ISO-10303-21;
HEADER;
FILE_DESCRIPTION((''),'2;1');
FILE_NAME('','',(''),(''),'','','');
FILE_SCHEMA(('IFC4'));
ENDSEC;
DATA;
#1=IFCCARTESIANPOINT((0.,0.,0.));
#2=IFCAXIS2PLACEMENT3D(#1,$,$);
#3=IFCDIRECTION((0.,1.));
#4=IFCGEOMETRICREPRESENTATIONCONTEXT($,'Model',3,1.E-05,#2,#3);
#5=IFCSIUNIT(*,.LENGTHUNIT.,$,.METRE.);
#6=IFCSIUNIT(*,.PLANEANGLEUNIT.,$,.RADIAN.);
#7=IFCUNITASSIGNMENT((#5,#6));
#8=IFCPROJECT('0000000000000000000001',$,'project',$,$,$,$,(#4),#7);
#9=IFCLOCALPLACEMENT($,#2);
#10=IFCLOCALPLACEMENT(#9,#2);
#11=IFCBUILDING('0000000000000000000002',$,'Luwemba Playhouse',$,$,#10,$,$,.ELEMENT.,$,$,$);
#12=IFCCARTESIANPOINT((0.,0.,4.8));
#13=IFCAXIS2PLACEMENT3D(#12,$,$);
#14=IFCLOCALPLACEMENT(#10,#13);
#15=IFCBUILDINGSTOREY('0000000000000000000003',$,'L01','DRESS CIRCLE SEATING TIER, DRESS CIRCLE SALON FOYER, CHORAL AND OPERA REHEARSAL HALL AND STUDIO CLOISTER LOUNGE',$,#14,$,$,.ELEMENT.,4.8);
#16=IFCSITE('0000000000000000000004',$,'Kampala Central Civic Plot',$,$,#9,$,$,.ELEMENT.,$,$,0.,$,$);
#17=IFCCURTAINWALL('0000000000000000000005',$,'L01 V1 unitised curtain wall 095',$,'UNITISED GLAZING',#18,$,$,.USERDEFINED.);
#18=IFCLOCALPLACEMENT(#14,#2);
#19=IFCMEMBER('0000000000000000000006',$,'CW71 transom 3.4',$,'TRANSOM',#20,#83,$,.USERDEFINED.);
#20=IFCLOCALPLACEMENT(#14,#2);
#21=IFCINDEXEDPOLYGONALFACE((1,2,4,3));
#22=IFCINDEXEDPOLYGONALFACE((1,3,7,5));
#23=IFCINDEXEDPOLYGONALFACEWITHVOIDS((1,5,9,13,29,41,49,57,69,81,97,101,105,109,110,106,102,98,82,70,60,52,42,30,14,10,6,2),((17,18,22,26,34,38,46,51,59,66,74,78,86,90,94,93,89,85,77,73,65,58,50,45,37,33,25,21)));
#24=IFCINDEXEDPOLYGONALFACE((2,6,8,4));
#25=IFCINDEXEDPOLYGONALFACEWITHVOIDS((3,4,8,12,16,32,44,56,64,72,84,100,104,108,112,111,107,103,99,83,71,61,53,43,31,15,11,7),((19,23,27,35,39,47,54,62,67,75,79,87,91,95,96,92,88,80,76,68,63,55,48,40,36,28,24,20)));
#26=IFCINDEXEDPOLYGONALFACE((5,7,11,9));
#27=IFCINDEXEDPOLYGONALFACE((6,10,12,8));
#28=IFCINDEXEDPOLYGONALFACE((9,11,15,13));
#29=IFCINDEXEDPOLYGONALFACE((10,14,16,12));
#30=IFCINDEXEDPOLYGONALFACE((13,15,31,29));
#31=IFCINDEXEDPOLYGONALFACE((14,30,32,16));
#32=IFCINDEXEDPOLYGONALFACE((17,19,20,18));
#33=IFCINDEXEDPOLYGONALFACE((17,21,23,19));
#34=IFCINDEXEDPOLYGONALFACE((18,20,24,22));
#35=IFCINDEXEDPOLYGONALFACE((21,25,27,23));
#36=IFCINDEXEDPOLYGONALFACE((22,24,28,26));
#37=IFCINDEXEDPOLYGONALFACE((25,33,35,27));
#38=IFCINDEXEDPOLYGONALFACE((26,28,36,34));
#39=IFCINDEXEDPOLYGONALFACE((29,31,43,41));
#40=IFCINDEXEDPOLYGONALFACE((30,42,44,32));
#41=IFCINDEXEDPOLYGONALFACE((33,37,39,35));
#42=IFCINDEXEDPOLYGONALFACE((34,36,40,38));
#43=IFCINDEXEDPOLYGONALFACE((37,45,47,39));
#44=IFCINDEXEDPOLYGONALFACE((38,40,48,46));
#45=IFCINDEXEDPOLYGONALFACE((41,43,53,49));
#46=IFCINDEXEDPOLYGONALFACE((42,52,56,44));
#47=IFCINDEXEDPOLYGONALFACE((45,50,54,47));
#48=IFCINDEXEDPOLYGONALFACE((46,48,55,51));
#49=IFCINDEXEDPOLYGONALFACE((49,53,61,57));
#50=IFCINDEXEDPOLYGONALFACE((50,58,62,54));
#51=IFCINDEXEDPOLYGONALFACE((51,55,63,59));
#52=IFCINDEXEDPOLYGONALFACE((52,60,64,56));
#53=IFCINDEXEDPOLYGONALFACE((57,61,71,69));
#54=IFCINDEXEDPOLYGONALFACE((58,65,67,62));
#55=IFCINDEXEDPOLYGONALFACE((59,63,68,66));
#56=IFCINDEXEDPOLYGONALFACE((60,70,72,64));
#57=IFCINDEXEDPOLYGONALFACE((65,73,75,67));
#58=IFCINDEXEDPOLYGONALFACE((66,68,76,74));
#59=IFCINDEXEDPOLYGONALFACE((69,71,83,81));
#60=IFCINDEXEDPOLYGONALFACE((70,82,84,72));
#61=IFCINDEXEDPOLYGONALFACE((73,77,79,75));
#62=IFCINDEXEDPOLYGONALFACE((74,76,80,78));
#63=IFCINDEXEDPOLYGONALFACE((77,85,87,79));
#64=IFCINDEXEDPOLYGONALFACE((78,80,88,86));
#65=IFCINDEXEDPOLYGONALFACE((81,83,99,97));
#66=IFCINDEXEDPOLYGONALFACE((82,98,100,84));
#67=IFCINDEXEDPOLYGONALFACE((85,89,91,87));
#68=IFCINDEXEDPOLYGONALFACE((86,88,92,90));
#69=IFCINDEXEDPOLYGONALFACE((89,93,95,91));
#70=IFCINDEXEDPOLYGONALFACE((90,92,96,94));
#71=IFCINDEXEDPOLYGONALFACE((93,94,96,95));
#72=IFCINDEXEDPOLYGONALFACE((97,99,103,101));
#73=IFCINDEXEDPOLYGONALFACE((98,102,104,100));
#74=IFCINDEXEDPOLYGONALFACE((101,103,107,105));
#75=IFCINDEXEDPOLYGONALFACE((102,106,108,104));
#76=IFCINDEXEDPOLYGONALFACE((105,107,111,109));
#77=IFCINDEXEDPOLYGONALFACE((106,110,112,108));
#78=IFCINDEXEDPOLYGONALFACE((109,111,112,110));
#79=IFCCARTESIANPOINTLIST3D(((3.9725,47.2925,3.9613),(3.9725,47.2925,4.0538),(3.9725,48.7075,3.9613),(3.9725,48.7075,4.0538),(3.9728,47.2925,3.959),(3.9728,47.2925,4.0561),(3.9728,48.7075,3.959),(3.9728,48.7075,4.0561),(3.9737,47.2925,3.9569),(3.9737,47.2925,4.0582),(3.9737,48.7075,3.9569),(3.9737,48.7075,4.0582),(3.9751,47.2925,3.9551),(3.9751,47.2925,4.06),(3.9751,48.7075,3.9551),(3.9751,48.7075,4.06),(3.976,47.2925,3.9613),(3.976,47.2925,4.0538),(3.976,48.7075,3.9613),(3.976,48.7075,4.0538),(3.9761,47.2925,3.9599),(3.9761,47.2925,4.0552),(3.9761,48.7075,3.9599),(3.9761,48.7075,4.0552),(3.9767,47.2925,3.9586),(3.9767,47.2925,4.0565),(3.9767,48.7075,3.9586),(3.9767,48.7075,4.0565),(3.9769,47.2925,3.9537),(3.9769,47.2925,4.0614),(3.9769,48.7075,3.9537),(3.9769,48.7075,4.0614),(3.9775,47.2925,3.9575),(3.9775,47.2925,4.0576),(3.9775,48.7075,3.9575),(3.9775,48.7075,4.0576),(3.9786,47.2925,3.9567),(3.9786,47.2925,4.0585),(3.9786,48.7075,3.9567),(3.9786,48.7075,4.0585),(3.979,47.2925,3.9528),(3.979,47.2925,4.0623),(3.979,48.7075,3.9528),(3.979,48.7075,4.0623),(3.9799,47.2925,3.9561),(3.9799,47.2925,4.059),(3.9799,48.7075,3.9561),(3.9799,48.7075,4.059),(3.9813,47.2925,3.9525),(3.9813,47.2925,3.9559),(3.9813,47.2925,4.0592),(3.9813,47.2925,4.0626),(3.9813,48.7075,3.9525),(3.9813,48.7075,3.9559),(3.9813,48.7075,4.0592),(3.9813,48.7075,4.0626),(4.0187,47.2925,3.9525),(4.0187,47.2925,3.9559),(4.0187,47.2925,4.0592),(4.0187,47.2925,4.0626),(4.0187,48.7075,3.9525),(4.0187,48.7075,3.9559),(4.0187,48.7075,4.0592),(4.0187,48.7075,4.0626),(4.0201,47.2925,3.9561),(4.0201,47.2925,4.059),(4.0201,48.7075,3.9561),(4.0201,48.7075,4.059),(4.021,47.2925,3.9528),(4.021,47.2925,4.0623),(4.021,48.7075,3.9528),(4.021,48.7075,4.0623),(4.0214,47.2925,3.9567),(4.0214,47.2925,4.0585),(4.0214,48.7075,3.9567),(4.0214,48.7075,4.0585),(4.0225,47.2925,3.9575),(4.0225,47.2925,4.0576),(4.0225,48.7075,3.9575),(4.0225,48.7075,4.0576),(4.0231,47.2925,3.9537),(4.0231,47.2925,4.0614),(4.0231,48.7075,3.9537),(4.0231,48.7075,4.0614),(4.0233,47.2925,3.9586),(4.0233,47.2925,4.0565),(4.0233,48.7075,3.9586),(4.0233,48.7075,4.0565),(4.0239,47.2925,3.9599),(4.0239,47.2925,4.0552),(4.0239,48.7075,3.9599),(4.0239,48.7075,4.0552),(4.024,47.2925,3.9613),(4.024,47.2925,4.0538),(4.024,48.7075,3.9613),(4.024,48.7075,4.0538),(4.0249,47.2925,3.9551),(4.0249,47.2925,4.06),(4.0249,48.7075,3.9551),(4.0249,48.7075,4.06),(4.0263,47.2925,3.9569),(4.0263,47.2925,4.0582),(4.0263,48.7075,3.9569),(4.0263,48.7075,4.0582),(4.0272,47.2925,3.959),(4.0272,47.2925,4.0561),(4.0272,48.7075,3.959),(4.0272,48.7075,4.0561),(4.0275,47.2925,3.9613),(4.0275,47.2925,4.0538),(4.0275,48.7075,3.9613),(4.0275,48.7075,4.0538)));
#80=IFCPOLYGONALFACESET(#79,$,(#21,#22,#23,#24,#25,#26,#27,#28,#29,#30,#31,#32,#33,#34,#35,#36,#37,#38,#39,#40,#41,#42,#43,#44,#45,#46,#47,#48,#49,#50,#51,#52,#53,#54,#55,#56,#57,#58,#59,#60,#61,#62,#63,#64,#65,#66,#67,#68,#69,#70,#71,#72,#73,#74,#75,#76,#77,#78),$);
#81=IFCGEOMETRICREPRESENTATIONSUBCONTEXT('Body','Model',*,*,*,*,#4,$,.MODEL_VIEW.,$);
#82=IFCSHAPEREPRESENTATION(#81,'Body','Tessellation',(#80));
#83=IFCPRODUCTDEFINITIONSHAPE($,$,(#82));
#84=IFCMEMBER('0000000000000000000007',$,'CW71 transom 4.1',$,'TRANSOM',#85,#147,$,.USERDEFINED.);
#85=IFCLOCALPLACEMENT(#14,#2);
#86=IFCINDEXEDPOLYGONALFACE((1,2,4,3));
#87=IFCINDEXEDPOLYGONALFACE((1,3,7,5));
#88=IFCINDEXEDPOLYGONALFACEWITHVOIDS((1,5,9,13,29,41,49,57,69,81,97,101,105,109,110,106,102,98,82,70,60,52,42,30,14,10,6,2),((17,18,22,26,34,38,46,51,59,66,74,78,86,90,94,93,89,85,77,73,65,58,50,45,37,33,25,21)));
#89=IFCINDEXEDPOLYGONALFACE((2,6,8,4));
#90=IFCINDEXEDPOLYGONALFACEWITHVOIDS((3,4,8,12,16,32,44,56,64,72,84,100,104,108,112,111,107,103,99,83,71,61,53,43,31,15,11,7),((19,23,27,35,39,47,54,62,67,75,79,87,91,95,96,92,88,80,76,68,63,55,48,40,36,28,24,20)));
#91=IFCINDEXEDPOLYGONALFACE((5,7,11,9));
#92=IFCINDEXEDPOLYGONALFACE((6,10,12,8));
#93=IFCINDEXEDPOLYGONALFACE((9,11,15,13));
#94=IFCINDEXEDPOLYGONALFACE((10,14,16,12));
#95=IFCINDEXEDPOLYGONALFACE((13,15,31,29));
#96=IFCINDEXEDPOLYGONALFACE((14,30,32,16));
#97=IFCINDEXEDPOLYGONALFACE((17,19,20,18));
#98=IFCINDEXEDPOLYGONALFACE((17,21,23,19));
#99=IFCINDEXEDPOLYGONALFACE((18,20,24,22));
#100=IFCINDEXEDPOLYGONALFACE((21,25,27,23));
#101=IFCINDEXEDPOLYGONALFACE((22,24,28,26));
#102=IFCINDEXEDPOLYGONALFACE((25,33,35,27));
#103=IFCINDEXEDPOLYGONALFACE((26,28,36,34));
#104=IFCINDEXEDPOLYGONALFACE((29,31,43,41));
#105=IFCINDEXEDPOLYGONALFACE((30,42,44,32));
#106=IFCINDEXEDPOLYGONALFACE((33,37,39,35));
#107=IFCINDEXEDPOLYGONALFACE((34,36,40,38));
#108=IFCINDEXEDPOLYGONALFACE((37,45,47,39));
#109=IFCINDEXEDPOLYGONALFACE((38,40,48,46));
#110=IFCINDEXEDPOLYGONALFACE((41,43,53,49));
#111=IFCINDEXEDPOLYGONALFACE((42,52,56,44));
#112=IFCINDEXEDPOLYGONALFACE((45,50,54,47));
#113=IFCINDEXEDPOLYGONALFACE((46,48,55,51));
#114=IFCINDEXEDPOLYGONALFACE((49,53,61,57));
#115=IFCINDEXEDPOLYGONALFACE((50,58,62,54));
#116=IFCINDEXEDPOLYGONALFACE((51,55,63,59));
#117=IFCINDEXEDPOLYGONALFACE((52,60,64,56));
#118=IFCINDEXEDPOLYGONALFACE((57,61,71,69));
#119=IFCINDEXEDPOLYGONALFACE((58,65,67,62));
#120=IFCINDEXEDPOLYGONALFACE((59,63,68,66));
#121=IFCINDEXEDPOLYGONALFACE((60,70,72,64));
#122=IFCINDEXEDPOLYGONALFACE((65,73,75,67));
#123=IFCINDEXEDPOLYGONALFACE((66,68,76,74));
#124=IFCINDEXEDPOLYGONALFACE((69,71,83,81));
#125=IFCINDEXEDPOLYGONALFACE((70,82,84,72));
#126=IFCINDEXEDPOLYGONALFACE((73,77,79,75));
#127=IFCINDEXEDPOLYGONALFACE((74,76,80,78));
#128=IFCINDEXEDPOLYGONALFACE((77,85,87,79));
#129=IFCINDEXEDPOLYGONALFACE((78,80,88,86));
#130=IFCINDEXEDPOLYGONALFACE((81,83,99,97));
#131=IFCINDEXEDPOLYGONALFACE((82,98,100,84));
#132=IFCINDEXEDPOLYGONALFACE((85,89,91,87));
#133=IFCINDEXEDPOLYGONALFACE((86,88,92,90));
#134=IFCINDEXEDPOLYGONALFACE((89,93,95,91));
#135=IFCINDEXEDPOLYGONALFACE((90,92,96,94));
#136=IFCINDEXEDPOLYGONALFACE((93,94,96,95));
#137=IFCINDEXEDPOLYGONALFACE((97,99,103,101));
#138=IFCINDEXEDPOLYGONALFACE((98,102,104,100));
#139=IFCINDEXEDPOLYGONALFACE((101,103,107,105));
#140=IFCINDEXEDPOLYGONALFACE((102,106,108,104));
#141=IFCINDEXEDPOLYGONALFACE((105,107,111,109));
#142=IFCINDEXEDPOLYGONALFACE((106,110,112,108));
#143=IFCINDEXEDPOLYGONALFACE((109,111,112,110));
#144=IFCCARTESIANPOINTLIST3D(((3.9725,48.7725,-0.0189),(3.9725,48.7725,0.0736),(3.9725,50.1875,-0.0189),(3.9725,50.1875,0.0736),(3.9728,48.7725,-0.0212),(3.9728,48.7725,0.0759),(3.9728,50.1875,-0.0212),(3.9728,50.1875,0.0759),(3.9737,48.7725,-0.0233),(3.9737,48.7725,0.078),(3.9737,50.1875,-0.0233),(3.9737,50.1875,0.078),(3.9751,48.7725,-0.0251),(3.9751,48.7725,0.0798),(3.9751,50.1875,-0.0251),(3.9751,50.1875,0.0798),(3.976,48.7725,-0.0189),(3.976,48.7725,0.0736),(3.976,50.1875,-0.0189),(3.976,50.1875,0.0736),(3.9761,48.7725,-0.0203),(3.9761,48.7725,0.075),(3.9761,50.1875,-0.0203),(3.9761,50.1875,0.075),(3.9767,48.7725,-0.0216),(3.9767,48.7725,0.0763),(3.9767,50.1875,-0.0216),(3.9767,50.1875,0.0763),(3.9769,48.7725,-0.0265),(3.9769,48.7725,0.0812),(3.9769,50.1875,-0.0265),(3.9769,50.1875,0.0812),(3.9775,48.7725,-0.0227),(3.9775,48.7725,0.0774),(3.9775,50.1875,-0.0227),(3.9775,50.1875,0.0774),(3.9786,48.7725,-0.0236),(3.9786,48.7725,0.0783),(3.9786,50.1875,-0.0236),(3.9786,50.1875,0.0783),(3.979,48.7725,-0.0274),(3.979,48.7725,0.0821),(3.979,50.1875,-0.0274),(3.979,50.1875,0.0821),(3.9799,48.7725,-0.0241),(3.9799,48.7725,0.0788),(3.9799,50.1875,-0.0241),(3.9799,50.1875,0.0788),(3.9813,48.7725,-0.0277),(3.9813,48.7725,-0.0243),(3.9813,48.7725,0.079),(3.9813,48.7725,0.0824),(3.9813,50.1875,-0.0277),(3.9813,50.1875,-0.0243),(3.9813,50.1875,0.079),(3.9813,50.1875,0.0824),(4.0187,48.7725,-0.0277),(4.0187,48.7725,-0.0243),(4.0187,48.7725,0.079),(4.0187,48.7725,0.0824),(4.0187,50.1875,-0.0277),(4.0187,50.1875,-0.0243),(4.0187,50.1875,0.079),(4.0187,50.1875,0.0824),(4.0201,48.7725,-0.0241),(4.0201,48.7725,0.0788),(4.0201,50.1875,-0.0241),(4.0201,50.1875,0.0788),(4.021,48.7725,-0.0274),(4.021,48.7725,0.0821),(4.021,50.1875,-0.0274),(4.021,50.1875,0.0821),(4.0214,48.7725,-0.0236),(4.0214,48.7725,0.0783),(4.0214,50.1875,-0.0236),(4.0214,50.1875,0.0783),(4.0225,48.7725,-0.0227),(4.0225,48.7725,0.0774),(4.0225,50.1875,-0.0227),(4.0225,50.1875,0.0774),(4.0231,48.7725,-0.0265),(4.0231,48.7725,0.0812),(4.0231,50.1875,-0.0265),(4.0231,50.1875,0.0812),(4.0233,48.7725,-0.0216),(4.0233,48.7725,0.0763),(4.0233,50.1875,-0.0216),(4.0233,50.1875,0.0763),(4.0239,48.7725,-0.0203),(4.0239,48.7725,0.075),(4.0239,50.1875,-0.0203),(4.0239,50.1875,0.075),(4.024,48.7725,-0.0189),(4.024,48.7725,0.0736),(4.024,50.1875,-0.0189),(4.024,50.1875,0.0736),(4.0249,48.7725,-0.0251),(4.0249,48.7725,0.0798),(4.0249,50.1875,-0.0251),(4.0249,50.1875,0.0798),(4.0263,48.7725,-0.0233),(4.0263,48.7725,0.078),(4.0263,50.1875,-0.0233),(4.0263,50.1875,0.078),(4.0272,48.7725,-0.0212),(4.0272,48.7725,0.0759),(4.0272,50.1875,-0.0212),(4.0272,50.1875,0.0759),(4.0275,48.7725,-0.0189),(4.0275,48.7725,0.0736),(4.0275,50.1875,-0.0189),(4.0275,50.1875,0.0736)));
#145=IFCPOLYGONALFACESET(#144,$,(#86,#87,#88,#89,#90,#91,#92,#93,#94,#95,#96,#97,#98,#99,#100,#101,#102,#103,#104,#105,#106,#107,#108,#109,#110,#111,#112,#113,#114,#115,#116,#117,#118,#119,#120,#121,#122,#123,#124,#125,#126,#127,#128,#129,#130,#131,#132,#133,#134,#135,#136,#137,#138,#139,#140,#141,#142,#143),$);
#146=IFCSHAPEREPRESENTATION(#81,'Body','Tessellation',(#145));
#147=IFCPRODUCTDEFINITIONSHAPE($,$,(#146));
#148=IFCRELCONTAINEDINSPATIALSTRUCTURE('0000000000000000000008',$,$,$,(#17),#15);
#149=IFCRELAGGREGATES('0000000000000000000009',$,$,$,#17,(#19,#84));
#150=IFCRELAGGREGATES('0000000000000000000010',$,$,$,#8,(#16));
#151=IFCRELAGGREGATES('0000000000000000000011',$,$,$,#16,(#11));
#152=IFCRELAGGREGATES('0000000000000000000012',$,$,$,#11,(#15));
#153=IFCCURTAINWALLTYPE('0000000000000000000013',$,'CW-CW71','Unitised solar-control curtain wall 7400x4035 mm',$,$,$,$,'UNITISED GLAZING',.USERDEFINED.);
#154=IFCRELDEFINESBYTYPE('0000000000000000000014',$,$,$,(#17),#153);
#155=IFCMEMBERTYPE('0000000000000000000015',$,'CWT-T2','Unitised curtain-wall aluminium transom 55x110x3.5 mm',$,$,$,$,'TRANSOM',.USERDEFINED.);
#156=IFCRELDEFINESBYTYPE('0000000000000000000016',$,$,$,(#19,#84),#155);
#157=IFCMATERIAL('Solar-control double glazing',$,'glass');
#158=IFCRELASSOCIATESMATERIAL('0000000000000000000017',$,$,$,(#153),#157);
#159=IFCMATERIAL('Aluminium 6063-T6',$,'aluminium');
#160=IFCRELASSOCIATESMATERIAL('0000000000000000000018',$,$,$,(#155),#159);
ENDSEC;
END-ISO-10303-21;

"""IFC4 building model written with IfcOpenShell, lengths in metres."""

from ifc_helpers import new_model, si_unit, direction, frame, origin, origin_2d, place, context, subcontext, project, spatial, hollow_rectangle, extrude, material, material_profile, profile_set, type_object, element, aggregate, save


model = new_model("IFC4")

# Units and contexts
model_context = context("Model", 3, precision=1e-05, world=origin(), true_north=direction((0.0, 1.0)))
body_context = subcontext(model_context, "Body", "Model", "MODEL_VIEW")
ifc_project = project(units=[si_unit("LENGTHUNIT", "METRE"), si_unit("PLANEANGLEUNIT", "RADIAN")], contexts=[model_context])

# Site, building, storey
site_placement = place(None, origin())
site = spatial("IfcSite", under=ifc_project, at=site_placement, Name="Kampala Central Civic Plot", CompositionType="ELEMENT", RefElevation=0.0)
building_placement = place(site_placement, origin())
building = spatial("IfcBuilding", under=site, at=building_placement, Name="Luwemba Playhouse", CompositionType="ELEMENT")
storey_placement = place(building_placement, frame((0.0, 0.0, 4.8)))
storey = spatial("IfcBuildingStorey", under=building, at=storey_placement, Name="L01", Description="DRESS CIRCLE SEATING TIER, DRESS CIRCLE SALON FOYER, CHORAL AND OPERA REHEARSAL HALL AND STUDIO CLOISTER LOUNGE", CompositionType="ELEMENT", Elevation=4.8)

# Curtain wall, members
ifc_material_1 = material(Name="Solar-control double glazing", Category="glass")
curtain_wall_type = type_object("IfcCurtainWallType", Name="CW-CW71", Description="Unitised solar-control curtain wall 7400x4035 mm", ElementType="UNITISED GLAZING", PredefinedType="USERDEFINED", material=ifc_material_1)
curtain_wall_placement = place(storey_placement, origin())
curtain_wall = element("IfcCurtainWall", 1, at=curtain_wall_placement, inside=storey, type_object=curtain_wall_type, Name="L01 V1 unitised curtain wall 095", ObjectType="UNITISED GLAZING", PredefinedType="USERDEFINED")
ifc_material_2 = material(Name="Aluminium 6063-T6", Category="aluminium")
ifc_material_profile_1 = material_profile(ifc_material_2, hollow_rectangle(XDim=0.0549, YDim=0.1101, WallThickness=0.0034, InnerFilletRadius=0.0054, OuterFilletRadius=0.0088, at=origin_2d()))
ifc_profile_set_1 = profile_set([ifc_material_profile_1], Name="Aluminium 6063-T6")
member_type_1 = type_object("IfcMemberType", Name="CWT-T2", Description="Unitised curtain-wall aluminium transom 55x110x3.5 mm", ElementType="TRANSOM", PredefinedType="USERDEFINED", material=ifc_profile_set_1)
member_1_placement = place(storey_placement, frame((4.0, 47.2925, 4.0076), z_axis=(0.0, 1.0, 0.0), x_axis=(-1.0, 0.0, 0.0)))
member_1 = element("IfcMember", 2, at=member_1_placement, type_object=member_type_1, Name="CW71 transom 3.4", ObjectType="TRANSOM", PredefinedType="USERDEFINED", context=body_context, shape_type="SweptSolid", body=[
    extrude(hollow_rectangle(XDim=0.0549, YDim=0.1101, WallThickness=0.0034, InnerFilletRadius=0.0054, OuterFilletRadius=0.0088, at=origin_2d()), origin(), (0.0, 0.0, 1.0), 1.415),
])
member_2_placement = place(storey_placement, frame((4.0, 48.7725, 0.0273), z_axis=(0.0, 1.0, 0.0), x_axis=(-1.0, 0.0, 0.0)))
member_2 = element("IfcMember", 3, at=member_2_placement, type_object=member_type_1, Name="CW71 transom 4.1", ObjectType="TRANSOM", PredefinedType="USERDEFINED", context=body_context, shape_type="SweptSolid", body=[
    extrude(hollow_rectangle(XDim=0.0549, YDim=0.1101, WallThickness=0.0034, InnerFilletRadius=0.0054, OuterFilletRadius=0.0088, at=origin_2d()), origin(), (0.0, 0.0, 1.0), 1.415),
])
aggregate(curtain_wall, [member_1, member_2])

save(model, "model.ifc")
